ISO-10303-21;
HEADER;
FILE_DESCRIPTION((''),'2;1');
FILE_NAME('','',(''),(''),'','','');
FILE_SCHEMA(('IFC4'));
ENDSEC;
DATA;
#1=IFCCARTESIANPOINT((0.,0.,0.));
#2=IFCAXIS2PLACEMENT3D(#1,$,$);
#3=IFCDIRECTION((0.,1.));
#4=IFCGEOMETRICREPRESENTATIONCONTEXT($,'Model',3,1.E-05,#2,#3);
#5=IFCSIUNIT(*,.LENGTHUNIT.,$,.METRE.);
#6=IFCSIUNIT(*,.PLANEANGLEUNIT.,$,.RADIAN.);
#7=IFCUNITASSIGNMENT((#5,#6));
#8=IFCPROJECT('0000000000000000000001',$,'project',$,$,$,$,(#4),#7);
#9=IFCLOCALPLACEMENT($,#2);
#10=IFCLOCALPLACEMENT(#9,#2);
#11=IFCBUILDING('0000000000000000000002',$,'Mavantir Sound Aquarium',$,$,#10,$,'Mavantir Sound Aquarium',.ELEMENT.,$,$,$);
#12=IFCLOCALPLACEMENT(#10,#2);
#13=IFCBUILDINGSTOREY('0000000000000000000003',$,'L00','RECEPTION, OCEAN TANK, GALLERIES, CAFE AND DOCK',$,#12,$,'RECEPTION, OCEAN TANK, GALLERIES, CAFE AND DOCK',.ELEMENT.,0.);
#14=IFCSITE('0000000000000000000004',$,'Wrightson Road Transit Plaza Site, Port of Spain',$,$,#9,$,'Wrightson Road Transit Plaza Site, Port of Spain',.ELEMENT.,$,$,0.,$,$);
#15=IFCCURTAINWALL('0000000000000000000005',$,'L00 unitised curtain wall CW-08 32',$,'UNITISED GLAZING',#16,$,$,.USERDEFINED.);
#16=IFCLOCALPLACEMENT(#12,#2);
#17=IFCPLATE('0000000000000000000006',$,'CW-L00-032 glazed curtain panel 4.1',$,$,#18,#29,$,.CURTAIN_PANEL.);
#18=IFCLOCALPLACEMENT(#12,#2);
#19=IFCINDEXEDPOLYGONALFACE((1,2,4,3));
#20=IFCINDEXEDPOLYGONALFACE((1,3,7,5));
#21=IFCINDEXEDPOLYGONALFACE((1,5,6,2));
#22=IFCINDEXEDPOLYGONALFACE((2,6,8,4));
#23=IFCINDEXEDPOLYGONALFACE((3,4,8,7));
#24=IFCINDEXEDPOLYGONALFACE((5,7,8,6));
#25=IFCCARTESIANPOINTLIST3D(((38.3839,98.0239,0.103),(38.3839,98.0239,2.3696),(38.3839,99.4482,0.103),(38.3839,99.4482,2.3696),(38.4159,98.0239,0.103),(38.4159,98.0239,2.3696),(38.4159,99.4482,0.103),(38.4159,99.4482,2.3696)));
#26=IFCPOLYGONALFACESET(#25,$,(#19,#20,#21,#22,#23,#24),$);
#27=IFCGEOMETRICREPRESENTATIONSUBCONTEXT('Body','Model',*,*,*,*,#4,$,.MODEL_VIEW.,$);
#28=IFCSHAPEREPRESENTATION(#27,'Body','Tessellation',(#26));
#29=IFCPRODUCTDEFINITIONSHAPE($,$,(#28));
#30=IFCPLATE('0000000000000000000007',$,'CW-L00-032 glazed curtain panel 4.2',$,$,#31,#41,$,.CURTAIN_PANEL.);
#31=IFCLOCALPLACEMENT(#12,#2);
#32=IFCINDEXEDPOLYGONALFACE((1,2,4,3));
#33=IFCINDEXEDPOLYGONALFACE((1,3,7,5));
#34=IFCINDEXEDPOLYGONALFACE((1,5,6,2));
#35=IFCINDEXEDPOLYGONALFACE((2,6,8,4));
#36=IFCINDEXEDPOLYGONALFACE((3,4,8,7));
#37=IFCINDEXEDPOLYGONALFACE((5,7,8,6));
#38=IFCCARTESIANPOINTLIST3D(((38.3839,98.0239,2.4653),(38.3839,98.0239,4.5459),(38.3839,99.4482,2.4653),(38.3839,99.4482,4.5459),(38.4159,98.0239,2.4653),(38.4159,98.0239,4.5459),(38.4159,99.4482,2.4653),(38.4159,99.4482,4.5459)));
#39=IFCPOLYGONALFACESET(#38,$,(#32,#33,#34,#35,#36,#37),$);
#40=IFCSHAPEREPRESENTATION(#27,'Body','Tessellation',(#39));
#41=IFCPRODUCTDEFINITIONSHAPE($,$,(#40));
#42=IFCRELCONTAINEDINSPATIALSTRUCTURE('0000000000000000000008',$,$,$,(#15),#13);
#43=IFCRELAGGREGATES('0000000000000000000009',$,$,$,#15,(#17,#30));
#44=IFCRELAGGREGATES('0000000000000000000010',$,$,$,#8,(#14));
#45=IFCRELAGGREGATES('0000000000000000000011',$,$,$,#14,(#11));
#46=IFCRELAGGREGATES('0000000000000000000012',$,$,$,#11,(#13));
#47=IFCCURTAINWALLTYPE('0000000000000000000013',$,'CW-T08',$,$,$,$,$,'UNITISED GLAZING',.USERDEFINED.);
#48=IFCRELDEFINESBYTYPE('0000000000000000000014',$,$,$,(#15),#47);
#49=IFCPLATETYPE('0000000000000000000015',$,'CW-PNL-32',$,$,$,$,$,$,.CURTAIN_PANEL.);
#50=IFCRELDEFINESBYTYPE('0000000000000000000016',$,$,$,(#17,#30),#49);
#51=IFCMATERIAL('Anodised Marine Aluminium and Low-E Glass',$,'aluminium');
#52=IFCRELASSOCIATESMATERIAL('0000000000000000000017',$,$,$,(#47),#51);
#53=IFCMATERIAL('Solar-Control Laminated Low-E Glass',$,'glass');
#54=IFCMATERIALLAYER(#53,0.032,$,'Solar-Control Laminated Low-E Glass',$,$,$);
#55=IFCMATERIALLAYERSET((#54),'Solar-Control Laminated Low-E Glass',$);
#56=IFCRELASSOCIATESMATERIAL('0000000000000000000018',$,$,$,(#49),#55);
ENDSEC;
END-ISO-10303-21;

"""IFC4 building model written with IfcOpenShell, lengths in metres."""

from ifc_helpers import new_model, si_unit, direction, frame, origin, origin_2d, place, context, subcontext, project, spatial, rectangle, extrude, material, layer, layer_set, type_object, element, aggregate, save


model = new_model("IFC4")

# Units and contexts
model_context = context("Model", 3, precision=1e-05, world=origin(), true_north=direction((0.0, 1.0)))
body_context = subcontext(model_context, "Body", "Model", "MODEL_VIEW")
ifc_project = project(units=[si_unit("LENGTHUNIT", "METRE"), si_unit("PLANEANGLEUNIT", "RADIAN")], contexts=[model_context])

# Site, building, storey
site_placement = place(None, origin())
site = spatial("IfcSite", under=ifc_project, at=site_placement, Name="Wrightson Road Transit Plaza Site, Port of Spain", LongName="Wrightson Road Transit Plaza Site, Port of Spain", CompositionType="ELEMENT", RefElevation=0.0)
building_placement = place(site_placement, origin())
building = spatial("IfcBuilding", under=site, at=building_placement, Name="Mavantir Sound Aquarium", LongName="Mavantir Sound Aquarium", CompositionType="ELEMENT")
storey_placement = place(building_placement, origin())
storey = spatial("IfcBuildingStorey", under=building, at=storey_placement, Name="L00", Description="RECEPTION, OCEAN TANK, GALLERIES, CAFE AND DOCK", LongName="RECEPTION, OCEAN TANK, GALLERIES, CAFE AND DOCK", CompositionType="ELEMENT", Elevation=0.0)

# Curtain wall, plates
ifc_material_1 = material(Name="Anodised Marine Aluminium and Low-E Glass", Category="aluminium")
curtain_wall_type = type_object("IfcCurtainWallType", Name="CW-T08", ElementType="UNITISED GLAZING", PredefinedType="USERDEFINED", material=ifc_material_1)
curtain_wall_placement = place(storey_placement, origin())
curtain_wall = element("IfcCurtainWall", 1, at=curtain_wall_placement, inside=storey, type_object=curtain_wall_type, Name="L00 unitised curtain wall CW-08 32", ObjectType="UNITISED GLAZING", PredefinedType="USERDEFINED")
ifc_material_2 = material(Name="Solar-Control Laminated Low-E Glass", Category="glass")
ifc_layer = layer(ifc_material_2, 0.032, Name="Solar-Control Laminated Low-E Glass")
ifc_layer_set = layer_set([ifc_layer], Name="Solar-Control Laminated Low-E Glass")
plate_type = type_object("IfcPlateType", Name="CW-PNL-32", PredefinedType="CURTAIN_PANEL", material=ifc_layer_set)
plate_1_placement = place(storey_placement, frame((38.3999, 98.7361, 0.103), z_axis=(0.0, 0.0, 1.0), x_axis=(0.0, 1.0, 0.0)))
plate_1 = element("IfcPlate", 2, at=plate_1_placement, type_object=plate_type, Name="CW-L00-032 glazed curtain panel 4.1", PredefinedType="CURTAIN_PANEL", context=body_context, shape_type="SweptSolid", body=[
    extrude(rectangle(XDim=1.4243, YDim=0.032, at=origin_2d()), origin(), (0.0, 0.0, 1.0), 2.2666),
])
plate_2_placement = place(storey_placement, frame((38.3999, 98.7361, 2.4653), z_axis=(0.0, 0.0, 1.0), x_axis=(0.0, 1.0, 0.0)))
plate_2 = element("IfcPlate", 3, at=plate_2_placement, type_object=plate_type, Name="CW-L00-032 glazed curtain panel 4.2", PredefinedType="CURTAIN_PANEL", context=body_context, shape_type="SweptSolid", body=[
    extrude(rectangle(XDim=1.4243, YDim=0.032, at=origin_2d()), origin(), (0.0, 0.0, 1.0), 2.0806),
])
aggregate(curtain_wall, [plate_1, plate_2])

save(model, "model.ifc")
